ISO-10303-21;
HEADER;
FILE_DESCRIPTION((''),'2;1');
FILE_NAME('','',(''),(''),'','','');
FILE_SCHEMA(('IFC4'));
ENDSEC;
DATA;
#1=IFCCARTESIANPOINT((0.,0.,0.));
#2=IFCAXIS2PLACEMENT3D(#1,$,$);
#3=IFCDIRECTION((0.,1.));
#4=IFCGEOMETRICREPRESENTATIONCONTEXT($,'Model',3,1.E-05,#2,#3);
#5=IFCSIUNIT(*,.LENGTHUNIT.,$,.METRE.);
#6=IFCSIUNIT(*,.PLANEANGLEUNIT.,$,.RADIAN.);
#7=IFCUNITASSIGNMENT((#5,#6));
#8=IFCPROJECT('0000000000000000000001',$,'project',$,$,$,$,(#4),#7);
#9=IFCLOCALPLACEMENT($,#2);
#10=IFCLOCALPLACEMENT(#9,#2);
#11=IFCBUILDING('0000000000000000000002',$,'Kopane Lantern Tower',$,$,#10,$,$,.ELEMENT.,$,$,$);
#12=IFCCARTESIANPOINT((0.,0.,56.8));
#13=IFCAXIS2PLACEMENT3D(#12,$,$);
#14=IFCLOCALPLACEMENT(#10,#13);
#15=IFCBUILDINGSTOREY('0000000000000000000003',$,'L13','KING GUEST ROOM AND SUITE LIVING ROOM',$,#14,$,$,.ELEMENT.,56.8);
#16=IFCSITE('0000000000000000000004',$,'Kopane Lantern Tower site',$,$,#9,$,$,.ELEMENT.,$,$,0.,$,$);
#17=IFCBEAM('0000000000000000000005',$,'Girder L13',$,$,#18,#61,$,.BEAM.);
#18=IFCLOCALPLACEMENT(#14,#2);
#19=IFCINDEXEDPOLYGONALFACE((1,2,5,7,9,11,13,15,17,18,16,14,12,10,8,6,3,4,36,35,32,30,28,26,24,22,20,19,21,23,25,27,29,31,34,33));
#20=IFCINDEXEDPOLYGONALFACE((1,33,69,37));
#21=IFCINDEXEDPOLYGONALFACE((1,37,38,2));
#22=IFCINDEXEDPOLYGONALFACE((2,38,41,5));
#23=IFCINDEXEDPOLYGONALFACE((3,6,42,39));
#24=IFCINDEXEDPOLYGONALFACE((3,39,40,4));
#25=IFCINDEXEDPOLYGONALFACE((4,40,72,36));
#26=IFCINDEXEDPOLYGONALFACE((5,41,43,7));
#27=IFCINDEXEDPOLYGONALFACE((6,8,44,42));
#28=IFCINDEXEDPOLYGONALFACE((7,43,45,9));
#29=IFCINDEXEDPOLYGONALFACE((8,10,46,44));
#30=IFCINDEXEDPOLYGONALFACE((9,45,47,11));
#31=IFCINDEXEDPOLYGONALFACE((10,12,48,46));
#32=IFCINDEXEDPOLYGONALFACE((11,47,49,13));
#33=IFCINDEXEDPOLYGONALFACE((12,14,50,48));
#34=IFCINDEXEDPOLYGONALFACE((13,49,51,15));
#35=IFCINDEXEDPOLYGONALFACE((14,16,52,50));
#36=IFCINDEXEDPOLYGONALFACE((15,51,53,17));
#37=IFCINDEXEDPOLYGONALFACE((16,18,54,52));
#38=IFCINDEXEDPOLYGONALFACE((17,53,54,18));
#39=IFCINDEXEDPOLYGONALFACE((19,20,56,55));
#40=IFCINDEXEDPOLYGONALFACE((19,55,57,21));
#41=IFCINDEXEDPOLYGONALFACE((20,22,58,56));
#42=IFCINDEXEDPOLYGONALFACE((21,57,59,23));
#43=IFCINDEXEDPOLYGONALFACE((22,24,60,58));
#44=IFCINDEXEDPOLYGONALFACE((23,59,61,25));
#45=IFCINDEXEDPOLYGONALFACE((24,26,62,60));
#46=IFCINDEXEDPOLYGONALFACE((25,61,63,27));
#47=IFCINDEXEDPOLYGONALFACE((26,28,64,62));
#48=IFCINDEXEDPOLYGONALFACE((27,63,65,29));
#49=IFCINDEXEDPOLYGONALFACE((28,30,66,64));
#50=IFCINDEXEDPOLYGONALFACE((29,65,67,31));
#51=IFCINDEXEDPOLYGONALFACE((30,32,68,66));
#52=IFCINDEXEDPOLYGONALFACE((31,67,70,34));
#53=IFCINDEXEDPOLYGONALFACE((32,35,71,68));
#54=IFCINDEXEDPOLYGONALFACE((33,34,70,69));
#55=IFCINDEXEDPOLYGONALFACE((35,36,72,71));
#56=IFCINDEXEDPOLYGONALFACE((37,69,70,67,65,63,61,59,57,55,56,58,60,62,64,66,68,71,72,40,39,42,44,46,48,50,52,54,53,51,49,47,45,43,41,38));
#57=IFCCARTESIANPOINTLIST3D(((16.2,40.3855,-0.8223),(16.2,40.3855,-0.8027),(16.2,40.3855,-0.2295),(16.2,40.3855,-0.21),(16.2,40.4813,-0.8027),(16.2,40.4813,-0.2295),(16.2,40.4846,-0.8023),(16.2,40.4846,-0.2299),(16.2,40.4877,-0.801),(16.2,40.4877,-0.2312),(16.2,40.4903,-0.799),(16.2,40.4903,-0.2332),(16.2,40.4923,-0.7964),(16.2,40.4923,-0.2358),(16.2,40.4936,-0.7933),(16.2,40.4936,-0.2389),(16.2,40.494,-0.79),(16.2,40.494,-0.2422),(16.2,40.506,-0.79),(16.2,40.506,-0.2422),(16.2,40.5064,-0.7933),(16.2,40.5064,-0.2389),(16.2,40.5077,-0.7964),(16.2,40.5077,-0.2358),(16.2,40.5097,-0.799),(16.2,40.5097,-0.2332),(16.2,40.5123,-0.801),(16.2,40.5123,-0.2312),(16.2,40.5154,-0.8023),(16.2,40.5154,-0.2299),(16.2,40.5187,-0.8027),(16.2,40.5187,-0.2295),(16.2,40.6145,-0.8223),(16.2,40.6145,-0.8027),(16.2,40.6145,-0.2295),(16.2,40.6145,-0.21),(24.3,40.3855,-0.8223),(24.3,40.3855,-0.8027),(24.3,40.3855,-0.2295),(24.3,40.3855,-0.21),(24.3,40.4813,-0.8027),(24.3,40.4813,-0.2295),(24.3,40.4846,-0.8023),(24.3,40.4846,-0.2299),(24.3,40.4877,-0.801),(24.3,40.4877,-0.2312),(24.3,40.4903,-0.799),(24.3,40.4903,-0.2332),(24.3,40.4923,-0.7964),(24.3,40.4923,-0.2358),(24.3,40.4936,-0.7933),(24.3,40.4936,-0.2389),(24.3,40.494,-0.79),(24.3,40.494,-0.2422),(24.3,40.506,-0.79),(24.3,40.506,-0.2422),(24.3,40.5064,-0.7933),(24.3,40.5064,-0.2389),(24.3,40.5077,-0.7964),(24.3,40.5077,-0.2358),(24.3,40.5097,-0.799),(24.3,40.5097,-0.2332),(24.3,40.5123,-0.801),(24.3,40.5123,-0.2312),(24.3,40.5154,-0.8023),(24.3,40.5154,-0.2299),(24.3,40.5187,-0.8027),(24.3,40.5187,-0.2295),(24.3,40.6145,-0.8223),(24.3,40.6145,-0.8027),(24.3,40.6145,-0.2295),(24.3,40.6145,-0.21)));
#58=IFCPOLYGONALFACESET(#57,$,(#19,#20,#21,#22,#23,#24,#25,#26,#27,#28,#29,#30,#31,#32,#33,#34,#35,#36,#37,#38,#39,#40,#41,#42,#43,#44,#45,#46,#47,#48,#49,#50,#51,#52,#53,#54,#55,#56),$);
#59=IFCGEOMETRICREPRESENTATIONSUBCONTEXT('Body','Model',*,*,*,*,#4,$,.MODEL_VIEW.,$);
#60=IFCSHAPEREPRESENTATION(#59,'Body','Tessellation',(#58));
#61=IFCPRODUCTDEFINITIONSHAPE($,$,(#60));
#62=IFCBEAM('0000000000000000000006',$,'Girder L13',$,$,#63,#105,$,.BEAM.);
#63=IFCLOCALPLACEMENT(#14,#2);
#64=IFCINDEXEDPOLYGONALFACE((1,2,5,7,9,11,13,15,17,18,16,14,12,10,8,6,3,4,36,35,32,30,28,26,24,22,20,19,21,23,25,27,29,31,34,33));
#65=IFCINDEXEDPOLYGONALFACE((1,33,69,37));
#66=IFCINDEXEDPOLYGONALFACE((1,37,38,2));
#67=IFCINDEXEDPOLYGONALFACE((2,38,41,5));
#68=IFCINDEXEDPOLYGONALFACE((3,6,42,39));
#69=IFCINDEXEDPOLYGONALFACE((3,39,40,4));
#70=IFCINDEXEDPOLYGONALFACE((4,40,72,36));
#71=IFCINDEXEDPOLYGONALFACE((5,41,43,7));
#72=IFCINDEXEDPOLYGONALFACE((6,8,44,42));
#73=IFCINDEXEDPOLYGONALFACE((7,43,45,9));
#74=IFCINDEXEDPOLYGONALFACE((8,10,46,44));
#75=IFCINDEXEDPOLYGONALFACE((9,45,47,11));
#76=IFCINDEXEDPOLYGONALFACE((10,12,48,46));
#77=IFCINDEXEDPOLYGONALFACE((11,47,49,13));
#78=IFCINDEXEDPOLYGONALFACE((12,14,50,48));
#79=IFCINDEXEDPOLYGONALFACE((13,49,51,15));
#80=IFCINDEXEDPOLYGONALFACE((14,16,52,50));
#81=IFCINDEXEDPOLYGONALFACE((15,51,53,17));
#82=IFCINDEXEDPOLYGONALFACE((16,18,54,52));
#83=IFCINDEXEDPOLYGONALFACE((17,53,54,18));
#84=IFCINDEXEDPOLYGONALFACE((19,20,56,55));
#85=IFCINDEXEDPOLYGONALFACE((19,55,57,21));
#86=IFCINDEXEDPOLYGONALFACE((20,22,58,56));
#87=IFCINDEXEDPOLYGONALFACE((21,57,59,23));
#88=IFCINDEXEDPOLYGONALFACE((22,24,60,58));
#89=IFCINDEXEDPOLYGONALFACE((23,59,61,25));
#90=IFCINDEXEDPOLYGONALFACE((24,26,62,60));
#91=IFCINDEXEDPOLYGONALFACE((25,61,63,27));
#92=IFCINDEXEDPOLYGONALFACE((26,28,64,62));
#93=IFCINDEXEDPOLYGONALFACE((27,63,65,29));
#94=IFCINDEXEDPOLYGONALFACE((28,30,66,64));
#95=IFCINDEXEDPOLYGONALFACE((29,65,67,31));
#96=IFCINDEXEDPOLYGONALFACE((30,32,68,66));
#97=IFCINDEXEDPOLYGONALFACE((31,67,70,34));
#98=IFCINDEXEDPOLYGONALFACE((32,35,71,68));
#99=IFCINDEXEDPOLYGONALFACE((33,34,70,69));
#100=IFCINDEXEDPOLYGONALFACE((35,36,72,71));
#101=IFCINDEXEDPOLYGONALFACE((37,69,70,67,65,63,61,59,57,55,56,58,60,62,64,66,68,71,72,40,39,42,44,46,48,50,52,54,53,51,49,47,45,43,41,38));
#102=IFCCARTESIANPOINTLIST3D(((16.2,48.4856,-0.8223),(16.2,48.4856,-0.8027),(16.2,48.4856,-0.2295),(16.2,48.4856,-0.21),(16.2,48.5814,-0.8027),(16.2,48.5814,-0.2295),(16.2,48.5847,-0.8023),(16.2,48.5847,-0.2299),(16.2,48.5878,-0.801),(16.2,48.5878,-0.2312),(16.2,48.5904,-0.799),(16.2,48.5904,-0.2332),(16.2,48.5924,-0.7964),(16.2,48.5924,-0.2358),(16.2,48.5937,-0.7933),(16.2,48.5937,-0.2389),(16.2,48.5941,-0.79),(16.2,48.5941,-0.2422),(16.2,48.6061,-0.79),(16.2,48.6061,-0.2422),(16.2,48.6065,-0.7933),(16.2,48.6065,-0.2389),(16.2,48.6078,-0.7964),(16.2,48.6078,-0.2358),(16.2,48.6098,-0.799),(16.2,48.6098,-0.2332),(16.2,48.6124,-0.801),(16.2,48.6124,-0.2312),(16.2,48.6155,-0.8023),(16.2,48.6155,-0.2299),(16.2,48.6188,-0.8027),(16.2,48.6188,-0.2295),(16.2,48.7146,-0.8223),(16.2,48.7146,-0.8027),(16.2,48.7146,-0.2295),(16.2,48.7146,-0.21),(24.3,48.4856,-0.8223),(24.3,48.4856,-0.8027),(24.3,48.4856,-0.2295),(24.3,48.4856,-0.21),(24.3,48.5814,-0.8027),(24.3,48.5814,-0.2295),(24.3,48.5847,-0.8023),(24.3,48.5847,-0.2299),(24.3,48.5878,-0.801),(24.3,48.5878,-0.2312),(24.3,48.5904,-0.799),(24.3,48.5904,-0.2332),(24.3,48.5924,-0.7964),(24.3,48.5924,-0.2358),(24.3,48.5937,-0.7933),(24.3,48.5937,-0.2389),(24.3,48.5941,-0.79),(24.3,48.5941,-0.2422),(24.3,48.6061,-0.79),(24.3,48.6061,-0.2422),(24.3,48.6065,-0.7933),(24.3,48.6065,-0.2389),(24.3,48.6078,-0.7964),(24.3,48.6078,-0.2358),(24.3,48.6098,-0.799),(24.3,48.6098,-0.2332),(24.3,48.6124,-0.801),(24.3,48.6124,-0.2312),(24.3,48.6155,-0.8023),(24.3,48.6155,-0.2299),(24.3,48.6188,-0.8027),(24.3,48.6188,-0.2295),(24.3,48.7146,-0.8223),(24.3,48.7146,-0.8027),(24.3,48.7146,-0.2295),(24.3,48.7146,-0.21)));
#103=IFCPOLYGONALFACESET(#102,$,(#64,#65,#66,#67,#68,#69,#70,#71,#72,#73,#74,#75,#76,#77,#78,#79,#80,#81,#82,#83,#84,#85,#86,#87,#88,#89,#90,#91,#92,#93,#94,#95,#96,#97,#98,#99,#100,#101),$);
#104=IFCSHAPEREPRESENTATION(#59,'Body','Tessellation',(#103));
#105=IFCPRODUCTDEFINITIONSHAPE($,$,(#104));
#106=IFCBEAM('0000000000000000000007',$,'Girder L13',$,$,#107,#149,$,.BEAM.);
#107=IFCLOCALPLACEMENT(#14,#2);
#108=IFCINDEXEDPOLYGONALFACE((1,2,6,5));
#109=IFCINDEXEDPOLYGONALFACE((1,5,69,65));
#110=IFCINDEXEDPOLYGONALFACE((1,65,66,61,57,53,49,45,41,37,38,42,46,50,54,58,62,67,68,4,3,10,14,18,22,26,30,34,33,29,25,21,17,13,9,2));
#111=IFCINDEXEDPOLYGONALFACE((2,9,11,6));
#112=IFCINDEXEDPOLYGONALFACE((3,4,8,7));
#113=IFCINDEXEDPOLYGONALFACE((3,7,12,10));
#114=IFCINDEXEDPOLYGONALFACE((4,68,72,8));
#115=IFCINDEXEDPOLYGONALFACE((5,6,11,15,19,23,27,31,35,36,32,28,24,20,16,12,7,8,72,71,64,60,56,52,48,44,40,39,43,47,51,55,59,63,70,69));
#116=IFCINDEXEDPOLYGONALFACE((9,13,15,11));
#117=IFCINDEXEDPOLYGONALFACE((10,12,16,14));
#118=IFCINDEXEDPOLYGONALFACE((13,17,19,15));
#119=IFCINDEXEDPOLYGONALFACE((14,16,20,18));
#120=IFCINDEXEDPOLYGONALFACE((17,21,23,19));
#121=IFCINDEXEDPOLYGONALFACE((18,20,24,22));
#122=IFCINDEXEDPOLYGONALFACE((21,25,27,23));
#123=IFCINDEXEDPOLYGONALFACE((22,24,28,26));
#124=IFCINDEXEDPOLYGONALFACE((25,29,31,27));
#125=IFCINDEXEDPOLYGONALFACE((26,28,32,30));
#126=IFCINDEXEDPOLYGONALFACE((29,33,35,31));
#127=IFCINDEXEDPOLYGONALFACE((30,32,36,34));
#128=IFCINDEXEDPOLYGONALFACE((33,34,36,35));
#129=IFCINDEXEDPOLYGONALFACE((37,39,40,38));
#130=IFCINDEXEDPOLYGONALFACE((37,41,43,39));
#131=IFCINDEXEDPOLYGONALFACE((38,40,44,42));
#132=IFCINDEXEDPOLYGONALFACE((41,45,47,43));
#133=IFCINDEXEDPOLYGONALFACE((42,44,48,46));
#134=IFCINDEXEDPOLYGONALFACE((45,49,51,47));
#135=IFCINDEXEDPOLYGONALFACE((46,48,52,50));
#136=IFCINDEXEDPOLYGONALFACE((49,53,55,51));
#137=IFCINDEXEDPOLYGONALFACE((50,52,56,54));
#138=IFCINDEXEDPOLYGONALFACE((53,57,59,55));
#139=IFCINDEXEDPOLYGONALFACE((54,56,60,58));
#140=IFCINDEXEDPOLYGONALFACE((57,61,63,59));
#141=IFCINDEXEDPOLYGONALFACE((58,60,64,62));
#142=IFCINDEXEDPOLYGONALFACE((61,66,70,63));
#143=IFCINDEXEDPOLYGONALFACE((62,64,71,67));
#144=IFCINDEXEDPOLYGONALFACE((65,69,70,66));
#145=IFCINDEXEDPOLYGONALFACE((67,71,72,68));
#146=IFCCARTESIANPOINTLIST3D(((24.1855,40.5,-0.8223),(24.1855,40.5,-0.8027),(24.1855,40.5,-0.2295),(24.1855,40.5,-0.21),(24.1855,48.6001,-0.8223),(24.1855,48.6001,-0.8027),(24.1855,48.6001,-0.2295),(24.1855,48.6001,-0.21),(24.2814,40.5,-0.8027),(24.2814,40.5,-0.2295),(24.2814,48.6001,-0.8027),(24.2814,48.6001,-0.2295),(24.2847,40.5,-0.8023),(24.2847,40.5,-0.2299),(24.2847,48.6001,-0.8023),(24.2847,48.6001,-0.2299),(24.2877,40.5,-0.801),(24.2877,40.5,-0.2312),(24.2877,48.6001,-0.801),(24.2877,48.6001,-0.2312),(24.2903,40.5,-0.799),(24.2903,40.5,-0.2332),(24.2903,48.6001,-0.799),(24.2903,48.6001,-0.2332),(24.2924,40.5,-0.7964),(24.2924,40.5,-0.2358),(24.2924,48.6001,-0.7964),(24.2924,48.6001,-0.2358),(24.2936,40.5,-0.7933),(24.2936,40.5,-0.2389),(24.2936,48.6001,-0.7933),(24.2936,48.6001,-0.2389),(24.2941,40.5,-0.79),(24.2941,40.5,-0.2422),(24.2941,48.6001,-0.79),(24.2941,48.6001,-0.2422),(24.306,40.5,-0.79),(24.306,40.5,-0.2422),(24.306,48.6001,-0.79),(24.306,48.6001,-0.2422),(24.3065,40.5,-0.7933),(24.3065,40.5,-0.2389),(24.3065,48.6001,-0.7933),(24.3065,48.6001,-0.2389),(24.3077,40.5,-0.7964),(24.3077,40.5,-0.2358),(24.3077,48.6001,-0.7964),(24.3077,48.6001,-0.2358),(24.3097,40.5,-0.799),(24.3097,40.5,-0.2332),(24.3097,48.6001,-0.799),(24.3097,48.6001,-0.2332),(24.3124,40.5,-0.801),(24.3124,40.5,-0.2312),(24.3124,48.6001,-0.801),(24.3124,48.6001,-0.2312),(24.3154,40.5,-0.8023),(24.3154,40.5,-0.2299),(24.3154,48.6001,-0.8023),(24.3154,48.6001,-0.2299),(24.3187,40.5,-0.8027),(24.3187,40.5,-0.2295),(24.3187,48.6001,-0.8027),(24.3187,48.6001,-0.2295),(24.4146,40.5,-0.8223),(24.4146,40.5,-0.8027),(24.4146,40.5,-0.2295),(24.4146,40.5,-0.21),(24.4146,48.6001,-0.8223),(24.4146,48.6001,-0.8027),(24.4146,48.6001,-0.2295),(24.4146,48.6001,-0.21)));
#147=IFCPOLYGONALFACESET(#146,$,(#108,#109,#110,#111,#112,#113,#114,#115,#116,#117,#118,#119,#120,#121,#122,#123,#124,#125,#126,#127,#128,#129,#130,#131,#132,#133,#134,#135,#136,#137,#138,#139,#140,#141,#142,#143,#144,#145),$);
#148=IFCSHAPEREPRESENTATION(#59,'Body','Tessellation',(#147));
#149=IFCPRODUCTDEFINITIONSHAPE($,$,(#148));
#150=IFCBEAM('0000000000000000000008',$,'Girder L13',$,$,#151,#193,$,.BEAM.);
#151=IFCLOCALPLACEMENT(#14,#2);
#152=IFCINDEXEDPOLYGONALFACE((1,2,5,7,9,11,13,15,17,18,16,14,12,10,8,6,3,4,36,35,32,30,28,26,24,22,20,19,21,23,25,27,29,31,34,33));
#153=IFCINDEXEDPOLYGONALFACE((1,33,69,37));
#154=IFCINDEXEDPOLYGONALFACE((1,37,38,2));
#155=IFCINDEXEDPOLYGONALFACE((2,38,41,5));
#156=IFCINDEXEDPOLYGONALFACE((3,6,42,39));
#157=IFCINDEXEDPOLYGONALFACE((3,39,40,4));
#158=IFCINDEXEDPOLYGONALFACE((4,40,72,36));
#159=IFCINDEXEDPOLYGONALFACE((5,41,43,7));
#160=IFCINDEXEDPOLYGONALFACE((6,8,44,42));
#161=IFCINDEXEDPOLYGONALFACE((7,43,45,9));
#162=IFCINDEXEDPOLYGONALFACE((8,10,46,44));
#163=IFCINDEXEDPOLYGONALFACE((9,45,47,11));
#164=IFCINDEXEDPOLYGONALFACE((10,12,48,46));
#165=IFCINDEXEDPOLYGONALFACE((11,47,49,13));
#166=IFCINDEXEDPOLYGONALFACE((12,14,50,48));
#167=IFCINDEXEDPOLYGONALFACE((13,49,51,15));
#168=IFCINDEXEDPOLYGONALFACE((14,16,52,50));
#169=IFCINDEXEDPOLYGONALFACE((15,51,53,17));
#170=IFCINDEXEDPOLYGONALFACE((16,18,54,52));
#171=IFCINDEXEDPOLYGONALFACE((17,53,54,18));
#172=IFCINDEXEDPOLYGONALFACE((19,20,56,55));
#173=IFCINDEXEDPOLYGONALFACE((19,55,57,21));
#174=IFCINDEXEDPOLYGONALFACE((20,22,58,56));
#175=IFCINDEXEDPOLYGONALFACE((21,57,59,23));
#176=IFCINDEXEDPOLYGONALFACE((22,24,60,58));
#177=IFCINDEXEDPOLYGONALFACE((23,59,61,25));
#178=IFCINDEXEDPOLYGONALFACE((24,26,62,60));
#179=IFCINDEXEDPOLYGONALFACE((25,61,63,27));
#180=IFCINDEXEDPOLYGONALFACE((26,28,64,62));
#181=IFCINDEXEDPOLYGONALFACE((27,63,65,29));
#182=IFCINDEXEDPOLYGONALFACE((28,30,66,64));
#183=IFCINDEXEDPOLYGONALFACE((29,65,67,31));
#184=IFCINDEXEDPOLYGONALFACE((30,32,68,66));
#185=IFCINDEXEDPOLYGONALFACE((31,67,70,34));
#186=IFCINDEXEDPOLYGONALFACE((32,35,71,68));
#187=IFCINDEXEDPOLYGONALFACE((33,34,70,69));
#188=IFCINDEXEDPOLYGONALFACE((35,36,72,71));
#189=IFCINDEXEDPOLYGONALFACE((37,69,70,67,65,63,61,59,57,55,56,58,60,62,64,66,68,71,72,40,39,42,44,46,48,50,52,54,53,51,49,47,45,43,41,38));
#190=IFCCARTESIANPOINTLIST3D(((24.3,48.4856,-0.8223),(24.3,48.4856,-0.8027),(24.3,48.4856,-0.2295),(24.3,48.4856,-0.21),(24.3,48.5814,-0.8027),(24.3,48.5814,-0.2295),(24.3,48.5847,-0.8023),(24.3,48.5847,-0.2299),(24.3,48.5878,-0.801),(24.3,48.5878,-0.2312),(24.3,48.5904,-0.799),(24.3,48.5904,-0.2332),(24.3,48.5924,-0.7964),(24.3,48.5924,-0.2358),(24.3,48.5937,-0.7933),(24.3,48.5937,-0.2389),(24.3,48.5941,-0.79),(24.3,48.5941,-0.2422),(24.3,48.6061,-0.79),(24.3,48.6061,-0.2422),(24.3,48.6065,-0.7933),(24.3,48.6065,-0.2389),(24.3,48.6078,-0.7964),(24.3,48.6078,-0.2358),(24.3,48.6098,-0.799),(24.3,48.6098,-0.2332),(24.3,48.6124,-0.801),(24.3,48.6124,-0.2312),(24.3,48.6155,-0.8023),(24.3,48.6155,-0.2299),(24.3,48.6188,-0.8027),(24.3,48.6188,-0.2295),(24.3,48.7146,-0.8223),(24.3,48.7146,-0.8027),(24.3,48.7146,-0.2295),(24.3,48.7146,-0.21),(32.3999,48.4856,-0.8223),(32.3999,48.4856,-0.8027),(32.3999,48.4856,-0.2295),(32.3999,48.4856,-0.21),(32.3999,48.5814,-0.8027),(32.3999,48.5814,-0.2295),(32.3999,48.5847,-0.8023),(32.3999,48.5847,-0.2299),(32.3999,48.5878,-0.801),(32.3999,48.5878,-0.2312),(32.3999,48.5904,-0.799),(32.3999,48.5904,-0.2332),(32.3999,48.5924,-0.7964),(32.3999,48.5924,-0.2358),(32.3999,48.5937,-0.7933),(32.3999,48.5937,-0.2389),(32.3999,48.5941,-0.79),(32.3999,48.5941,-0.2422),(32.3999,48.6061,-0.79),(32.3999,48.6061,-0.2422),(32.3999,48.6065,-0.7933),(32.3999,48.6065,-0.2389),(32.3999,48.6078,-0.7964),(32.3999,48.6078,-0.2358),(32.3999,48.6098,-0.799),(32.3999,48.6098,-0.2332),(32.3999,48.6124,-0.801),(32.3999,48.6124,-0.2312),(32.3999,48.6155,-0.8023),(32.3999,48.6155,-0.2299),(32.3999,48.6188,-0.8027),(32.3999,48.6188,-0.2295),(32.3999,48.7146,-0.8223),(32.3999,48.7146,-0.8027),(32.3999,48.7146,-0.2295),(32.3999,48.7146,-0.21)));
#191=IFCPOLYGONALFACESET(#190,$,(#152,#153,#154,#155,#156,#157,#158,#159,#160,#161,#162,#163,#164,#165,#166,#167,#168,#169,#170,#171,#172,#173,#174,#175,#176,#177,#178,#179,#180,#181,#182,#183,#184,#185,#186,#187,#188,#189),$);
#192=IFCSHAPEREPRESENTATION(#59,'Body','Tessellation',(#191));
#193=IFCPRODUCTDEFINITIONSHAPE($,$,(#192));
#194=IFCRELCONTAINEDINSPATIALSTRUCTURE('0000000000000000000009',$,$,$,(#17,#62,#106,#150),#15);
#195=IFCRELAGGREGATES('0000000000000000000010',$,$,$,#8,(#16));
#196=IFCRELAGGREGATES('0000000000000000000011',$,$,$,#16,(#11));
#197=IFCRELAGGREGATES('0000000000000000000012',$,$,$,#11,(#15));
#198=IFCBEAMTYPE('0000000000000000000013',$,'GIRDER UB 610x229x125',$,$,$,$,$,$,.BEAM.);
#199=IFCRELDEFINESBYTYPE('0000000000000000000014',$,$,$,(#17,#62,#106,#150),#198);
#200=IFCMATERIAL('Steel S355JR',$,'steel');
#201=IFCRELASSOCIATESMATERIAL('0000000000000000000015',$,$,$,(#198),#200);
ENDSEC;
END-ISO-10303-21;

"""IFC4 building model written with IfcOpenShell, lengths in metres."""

from ifc_helpers import new_model, si_unit, direction, frame, origin, origin_2d, place, context, subcontext, project, spatial, i_section, extrude, material, material_profile, profile_set, type_object, element, save


model = new_model("IFC4")

# Units and contexts
model_context = context("Model", 3, precision=1e-05, world=origin(), true_north=direction((0.0, 1.0)))
body_context = subcontext(model_context, "Body", "Model", "MODEL_VIEW")
ifc_project = project(units=[si_unit("LENGTHUNIT", "METRE"), si_unit("PLANEANGLEUNIT", "RADIAN")], contexts=[model_context])

# Site, building, storey
site_placement = place(None, origin())
site = spatial("IfcSite", under=ifc_project, at=site_placement, Name="Kopane Lantern Tower site", CompositionType="ELEMENT", RefElevation=0.0)
building_placement = place(site_placement, origin())
building = spatial("IfcBuilding", under=site, at=building_placement, Name="Kopane Lantern Tower", CompositionType="ELEMENT")
storey_placement = place(building_placement, frame((0.0, 0.0, 56.8)))
storey = spatial("IfcBuildingStorey", under=building, at=storey_placement, Name="L13", Description="KING GUEST ROOM AND SUITE LIVING ROOM", CompositionType="ELEMENT", Elevation=56.8)

# Beams
ifc_material_1 = material(Name="Steel S355JR", Category="steel")
ifc_material_profile_1 = material_profile(ifc_material_1, i_section(OverallWidth=0.229, OverallDepth=0.6123, WebThickness=0.012, FlangeThickness=0.0195, FilletRadius=0.0127, at=origin_2d()), Name="UB 610x229x125")
ifc_profile_set_1 = profile_set([ifc_material_profile_1], Name="Steel S355JR")
beam_type_1 = type_object("IfcBeamType", Name="GIRDER UB 610x229x125", PredefinedType="BEAM", material=ifc_profile_set_1)
for number, where, z_axis, x_axis, name in (
    (1, (16.2, 40.5, -0.5161), (1.0, 0.0, 0.0), (0.0, 1.0, 0.0), "Girder L13"),
    (2, (16.2, 48.6001, -0.5161), (1.0, 0.0, 0.0), (0.0, 1.0, 0.0), "Girder L13"),
    (3, (24.3, 40.5, -0.5161), (0.0, 1.0, 0.0), (-1.0, 0.0, 0.0), "Girder L13"),
):
    element("IfcBeam", number, at=place(storey_placement, frame(where, z_axis=z_axis, x_axis=x_axis)), inside=storey, type_object=beam_type_1, Name=name, PredefinedType="BEAM", context=body_context, shape_type="SweptSolid", body=[
        extrude(i_section(OverallWidth=0.229, OverallDepth=0.6123, WebThickness=0.012, FlangeThickness=0.0195, FilletRadius=0.0127, at=origin_2d()), origin(), (0.0, 0.0, 1.0), 8.1001),
    ])
beam_1_placement = place(storey_placement, frame((24.3, 48.6001, -0.5161), z_axis=(1.0, 0.0, 0.0), x_axis=(0.0, 1.0, 0.0)))
element("IfcBeam", 4, at=beam_1_placement, inside=storey, type_object=beam_type_1, Name="Girder L13", PredefinedType="BEAM", context=body_context, shape_type="SweptSolid", body=[
    extrude(i_section(OverallWidth=0.229, OverallDepth=0.6123, WebThickness=0.012, FlangeThickness=0.0195, FilletRadius=0.0127, at=origin_2d()), origin(), (0.0, 0.0, 1.0), 8.0999),
])

save(model, "model.ifc")
